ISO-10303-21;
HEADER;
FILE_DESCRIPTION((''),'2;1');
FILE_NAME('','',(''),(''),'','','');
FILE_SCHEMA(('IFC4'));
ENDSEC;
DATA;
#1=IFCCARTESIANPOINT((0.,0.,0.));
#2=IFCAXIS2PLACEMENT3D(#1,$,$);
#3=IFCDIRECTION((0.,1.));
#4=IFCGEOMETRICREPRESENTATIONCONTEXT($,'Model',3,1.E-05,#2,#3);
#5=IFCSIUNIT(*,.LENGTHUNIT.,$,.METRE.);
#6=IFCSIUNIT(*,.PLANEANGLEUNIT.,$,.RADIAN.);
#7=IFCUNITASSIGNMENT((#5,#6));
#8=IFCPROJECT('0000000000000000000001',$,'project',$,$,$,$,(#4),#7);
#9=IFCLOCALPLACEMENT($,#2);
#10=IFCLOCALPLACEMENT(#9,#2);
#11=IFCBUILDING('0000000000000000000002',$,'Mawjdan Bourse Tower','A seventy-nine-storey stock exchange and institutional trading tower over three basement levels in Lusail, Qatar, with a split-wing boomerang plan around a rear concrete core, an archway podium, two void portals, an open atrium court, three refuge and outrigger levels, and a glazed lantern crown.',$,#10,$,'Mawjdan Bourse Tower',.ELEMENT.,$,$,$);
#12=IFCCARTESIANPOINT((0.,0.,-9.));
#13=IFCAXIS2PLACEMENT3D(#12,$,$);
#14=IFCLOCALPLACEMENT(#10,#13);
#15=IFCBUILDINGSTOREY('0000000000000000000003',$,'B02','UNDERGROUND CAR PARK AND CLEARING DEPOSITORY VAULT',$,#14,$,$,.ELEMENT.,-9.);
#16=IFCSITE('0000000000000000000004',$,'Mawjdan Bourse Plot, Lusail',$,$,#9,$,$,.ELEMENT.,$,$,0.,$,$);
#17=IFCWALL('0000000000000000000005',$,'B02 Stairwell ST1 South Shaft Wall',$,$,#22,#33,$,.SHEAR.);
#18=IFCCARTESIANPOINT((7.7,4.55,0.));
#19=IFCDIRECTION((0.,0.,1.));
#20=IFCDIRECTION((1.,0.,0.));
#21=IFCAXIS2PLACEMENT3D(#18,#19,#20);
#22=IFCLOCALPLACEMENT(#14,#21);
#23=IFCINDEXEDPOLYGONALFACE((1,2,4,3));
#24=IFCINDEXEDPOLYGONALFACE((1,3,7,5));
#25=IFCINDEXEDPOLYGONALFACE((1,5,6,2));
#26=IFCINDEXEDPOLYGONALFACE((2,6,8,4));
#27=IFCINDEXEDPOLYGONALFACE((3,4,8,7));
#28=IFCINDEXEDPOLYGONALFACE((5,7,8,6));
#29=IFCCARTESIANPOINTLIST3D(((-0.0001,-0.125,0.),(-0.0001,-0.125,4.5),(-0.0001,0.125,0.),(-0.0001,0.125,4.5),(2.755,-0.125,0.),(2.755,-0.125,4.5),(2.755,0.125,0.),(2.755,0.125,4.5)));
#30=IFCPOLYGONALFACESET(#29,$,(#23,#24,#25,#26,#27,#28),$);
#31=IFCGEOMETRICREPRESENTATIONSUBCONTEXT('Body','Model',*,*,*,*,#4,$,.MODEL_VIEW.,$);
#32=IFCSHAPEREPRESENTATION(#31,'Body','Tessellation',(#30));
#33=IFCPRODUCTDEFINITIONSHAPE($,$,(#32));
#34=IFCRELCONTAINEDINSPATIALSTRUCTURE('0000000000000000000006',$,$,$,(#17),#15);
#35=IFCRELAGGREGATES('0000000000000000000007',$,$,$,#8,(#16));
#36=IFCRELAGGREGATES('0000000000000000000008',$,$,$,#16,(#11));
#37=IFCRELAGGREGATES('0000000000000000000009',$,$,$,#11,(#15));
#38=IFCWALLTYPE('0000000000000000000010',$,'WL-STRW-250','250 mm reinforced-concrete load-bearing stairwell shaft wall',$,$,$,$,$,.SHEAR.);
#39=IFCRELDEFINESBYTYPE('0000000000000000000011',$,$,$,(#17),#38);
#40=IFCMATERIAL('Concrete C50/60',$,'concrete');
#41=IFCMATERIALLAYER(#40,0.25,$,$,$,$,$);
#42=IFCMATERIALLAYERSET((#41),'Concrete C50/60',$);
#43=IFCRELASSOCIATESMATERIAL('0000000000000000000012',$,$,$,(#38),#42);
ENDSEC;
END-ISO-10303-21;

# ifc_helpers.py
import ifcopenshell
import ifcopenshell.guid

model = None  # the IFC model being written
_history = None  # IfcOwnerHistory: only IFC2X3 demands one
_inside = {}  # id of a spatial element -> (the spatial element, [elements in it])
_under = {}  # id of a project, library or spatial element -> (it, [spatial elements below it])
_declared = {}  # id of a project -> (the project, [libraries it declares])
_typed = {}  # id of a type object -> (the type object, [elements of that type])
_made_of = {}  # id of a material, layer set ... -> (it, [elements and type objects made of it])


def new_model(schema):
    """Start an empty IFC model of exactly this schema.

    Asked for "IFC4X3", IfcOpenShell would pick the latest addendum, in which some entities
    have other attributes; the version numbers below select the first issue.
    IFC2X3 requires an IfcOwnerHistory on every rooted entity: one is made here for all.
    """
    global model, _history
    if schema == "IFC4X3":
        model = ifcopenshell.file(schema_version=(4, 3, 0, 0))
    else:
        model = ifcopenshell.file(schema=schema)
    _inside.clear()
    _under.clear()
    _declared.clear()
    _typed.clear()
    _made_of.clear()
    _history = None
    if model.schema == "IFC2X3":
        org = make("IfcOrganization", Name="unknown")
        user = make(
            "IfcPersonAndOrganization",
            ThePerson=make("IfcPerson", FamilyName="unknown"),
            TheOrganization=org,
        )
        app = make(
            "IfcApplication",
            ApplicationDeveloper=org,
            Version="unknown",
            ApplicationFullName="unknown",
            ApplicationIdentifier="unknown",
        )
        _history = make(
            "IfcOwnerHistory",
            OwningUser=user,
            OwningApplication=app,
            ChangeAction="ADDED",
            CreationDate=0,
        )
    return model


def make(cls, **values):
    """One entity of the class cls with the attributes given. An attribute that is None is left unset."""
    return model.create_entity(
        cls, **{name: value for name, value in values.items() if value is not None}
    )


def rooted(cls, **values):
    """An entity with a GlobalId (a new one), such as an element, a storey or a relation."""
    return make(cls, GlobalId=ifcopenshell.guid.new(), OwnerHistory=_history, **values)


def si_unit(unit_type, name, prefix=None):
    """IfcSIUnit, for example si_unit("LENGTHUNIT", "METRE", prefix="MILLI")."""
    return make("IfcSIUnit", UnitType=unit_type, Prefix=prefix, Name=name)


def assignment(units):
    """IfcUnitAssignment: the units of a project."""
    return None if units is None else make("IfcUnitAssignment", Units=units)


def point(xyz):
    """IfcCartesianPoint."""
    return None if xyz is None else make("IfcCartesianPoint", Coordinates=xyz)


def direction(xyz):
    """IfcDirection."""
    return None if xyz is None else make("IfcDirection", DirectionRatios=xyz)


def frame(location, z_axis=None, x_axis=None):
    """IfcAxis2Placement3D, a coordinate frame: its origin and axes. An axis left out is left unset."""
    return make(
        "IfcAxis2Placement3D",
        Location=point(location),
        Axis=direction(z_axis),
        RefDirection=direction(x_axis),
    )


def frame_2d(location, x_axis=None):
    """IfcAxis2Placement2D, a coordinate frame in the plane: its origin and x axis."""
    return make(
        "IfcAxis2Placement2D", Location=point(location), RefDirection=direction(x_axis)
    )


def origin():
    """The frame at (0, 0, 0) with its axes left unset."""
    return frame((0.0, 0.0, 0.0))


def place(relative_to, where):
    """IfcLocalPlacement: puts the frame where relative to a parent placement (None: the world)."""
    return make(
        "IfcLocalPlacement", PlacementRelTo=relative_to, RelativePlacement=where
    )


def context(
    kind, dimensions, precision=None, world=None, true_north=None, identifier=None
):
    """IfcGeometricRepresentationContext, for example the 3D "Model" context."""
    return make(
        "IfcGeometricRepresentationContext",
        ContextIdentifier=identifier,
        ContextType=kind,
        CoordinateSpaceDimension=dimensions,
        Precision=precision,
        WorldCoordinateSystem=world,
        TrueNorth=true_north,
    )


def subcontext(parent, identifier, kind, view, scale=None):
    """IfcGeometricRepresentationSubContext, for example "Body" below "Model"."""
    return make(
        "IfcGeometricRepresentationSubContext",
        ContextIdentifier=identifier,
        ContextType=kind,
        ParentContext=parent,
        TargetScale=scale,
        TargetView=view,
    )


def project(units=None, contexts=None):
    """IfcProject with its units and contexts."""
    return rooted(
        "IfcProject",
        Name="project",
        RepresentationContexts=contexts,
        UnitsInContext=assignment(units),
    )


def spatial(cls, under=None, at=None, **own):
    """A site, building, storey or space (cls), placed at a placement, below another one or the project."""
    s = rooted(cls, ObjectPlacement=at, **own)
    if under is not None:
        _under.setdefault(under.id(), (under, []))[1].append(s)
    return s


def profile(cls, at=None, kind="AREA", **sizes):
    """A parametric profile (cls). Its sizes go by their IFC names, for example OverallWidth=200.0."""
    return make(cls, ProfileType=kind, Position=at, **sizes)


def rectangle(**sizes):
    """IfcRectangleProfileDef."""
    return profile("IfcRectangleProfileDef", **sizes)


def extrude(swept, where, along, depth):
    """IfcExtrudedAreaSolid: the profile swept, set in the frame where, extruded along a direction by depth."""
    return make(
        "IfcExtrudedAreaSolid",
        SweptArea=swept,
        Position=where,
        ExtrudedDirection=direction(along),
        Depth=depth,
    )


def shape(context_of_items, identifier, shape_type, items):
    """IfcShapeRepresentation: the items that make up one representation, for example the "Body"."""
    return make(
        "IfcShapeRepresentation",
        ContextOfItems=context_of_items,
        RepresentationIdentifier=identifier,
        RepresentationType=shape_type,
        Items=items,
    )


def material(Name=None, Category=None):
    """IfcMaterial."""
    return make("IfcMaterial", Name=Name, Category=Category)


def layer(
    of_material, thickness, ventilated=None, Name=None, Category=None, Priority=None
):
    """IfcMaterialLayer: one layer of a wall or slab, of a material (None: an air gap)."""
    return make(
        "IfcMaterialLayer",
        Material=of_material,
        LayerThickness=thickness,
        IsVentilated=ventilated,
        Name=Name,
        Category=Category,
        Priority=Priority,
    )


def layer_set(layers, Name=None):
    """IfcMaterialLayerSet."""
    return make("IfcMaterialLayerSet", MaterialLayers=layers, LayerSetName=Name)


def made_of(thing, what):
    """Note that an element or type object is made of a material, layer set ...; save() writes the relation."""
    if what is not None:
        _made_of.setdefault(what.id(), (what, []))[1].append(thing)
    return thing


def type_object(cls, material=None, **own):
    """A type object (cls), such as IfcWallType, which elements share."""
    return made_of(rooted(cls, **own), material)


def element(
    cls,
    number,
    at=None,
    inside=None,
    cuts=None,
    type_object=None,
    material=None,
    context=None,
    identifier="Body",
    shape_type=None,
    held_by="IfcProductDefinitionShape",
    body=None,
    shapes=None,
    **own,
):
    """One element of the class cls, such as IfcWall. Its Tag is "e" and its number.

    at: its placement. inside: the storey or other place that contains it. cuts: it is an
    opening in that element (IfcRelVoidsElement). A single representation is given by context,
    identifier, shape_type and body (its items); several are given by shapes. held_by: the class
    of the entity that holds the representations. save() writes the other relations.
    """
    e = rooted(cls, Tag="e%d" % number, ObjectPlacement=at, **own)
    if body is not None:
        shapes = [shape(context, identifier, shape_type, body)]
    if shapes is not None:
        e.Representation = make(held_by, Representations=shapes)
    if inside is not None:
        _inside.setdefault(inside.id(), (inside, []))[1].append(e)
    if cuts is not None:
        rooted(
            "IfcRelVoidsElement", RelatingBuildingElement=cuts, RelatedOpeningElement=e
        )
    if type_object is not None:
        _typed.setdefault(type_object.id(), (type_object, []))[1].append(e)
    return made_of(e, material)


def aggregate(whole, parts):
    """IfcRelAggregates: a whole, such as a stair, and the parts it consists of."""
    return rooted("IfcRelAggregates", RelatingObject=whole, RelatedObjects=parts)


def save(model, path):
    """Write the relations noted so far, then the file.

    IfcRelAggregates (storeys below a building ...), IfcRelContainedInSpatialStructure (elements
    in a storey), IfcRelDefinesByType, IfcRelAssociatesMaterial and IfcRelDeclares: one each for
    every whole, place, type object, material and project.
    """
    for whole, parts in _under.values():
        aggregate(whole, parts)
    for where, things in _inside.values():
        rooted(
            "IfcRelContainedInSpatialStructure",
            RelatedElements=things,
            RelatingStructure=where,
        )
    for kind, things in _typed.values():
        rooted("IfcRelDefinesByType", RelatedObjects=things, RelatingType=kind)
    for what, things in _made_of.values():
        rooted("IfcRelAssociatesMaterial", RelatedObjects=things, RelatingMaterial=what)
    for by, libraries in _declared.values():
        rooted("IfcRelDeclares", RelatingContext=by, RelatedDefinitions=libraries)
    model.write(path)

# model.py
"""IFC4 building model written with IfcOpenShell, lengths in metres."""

from ifc_helpers import new_model, si_unit, direction, frame, frame_2d, origin, place, context, subcontext, project, spatial, rectangle, extrude, material, layer, layer_set, type_object, element, save


model = new_model("IFC4")

# Units and contexts
model_context = context("Model", 3, precision=1e-05, world=origin(), true_north=direction((0.0, 1.0)))
body_context = subcontext(model_context, "Body", "Model", "MODEL_VIEW")
ifc_project = project(units=[si_unit("LENGTHUNIT", "METRE"), si_unit("PLANEANGLEUNIT", "RADIAN")], contexts=[model_context])

# Site, building, storey
site_placement = place(None, origin())
site = spatial("IfcSite", under=ifc_project, at=site_placement, Name="Mawjdan Bourse Plot, Lusail", CompositionType="ELEMENT", RefElevation=0.0)
building_placement = place(site_placement, origin())
building = spatial("IfcBuilding", under=site, at=building_placement, Name="Mawjdan Bourse Tower", Description="A seventy-nine-storey stock exchange and institutional trading tower over three basement levels in Lusail, Qatar, with a split-wing boomerang plan around a rear concrete core, an archway podium, two void portals, an open atrium court, three refuge and outrigger levels, and a glazed lantern crown.", LongName="Mawjdan Bourse Tower", CompositionType="ELEMENT")
storey_placement = place(building_placement, frame((0.0, 0.0, -9.0)))
storey = spatial("IfcBuildingStorey", under=building, at=storey_placement, Name="B02", Description="UNDERGROUND CAR PARK AND CLEARING DEPOSITORY VAULT", CompositionType="ELEMENT", Elevation=-9.0)

# Wall
ifc_material_1 = material(Name="Concrete C50/60", Category="concrete")
ifc_layer_1 = layer(ifc_material_1, 0.25)
ifc_layer_set_1 = layer_set([ifc_layer_1], Name="Concrete C50/60")
wall_type_1 = type_object("IfcWallType", Name="WL-STRW-250", Description="250 mm reinforced-concrete load-bearing stairwell shaft wall", PredefinedType="SHEAR", material=ifc_layer_set_1)
wall_1_placement = place(storey_placement, frame((7.7, 4.55, 0.0), z_axis=(0.0, 0.0, 1.0), x_axis=(1.0, 0.0, 0.0)))
element("IfcWall", 1, at=wall_1_placement, inside=storey, type_object=wall_type_1, Name="B02 Stairwell ST1 South Shaft Wall", PredefinedType="SHEAR", context=body_context, shape_type="SweptSolid", body=[
    extrude(rectangle(XDim=2.7551, YDim=0.25, at=frame_2d((1.3774, 0.0))), origin(), (0.0, 0.0, 1.0), 4.5),
])

save(model, "model.ifc")
